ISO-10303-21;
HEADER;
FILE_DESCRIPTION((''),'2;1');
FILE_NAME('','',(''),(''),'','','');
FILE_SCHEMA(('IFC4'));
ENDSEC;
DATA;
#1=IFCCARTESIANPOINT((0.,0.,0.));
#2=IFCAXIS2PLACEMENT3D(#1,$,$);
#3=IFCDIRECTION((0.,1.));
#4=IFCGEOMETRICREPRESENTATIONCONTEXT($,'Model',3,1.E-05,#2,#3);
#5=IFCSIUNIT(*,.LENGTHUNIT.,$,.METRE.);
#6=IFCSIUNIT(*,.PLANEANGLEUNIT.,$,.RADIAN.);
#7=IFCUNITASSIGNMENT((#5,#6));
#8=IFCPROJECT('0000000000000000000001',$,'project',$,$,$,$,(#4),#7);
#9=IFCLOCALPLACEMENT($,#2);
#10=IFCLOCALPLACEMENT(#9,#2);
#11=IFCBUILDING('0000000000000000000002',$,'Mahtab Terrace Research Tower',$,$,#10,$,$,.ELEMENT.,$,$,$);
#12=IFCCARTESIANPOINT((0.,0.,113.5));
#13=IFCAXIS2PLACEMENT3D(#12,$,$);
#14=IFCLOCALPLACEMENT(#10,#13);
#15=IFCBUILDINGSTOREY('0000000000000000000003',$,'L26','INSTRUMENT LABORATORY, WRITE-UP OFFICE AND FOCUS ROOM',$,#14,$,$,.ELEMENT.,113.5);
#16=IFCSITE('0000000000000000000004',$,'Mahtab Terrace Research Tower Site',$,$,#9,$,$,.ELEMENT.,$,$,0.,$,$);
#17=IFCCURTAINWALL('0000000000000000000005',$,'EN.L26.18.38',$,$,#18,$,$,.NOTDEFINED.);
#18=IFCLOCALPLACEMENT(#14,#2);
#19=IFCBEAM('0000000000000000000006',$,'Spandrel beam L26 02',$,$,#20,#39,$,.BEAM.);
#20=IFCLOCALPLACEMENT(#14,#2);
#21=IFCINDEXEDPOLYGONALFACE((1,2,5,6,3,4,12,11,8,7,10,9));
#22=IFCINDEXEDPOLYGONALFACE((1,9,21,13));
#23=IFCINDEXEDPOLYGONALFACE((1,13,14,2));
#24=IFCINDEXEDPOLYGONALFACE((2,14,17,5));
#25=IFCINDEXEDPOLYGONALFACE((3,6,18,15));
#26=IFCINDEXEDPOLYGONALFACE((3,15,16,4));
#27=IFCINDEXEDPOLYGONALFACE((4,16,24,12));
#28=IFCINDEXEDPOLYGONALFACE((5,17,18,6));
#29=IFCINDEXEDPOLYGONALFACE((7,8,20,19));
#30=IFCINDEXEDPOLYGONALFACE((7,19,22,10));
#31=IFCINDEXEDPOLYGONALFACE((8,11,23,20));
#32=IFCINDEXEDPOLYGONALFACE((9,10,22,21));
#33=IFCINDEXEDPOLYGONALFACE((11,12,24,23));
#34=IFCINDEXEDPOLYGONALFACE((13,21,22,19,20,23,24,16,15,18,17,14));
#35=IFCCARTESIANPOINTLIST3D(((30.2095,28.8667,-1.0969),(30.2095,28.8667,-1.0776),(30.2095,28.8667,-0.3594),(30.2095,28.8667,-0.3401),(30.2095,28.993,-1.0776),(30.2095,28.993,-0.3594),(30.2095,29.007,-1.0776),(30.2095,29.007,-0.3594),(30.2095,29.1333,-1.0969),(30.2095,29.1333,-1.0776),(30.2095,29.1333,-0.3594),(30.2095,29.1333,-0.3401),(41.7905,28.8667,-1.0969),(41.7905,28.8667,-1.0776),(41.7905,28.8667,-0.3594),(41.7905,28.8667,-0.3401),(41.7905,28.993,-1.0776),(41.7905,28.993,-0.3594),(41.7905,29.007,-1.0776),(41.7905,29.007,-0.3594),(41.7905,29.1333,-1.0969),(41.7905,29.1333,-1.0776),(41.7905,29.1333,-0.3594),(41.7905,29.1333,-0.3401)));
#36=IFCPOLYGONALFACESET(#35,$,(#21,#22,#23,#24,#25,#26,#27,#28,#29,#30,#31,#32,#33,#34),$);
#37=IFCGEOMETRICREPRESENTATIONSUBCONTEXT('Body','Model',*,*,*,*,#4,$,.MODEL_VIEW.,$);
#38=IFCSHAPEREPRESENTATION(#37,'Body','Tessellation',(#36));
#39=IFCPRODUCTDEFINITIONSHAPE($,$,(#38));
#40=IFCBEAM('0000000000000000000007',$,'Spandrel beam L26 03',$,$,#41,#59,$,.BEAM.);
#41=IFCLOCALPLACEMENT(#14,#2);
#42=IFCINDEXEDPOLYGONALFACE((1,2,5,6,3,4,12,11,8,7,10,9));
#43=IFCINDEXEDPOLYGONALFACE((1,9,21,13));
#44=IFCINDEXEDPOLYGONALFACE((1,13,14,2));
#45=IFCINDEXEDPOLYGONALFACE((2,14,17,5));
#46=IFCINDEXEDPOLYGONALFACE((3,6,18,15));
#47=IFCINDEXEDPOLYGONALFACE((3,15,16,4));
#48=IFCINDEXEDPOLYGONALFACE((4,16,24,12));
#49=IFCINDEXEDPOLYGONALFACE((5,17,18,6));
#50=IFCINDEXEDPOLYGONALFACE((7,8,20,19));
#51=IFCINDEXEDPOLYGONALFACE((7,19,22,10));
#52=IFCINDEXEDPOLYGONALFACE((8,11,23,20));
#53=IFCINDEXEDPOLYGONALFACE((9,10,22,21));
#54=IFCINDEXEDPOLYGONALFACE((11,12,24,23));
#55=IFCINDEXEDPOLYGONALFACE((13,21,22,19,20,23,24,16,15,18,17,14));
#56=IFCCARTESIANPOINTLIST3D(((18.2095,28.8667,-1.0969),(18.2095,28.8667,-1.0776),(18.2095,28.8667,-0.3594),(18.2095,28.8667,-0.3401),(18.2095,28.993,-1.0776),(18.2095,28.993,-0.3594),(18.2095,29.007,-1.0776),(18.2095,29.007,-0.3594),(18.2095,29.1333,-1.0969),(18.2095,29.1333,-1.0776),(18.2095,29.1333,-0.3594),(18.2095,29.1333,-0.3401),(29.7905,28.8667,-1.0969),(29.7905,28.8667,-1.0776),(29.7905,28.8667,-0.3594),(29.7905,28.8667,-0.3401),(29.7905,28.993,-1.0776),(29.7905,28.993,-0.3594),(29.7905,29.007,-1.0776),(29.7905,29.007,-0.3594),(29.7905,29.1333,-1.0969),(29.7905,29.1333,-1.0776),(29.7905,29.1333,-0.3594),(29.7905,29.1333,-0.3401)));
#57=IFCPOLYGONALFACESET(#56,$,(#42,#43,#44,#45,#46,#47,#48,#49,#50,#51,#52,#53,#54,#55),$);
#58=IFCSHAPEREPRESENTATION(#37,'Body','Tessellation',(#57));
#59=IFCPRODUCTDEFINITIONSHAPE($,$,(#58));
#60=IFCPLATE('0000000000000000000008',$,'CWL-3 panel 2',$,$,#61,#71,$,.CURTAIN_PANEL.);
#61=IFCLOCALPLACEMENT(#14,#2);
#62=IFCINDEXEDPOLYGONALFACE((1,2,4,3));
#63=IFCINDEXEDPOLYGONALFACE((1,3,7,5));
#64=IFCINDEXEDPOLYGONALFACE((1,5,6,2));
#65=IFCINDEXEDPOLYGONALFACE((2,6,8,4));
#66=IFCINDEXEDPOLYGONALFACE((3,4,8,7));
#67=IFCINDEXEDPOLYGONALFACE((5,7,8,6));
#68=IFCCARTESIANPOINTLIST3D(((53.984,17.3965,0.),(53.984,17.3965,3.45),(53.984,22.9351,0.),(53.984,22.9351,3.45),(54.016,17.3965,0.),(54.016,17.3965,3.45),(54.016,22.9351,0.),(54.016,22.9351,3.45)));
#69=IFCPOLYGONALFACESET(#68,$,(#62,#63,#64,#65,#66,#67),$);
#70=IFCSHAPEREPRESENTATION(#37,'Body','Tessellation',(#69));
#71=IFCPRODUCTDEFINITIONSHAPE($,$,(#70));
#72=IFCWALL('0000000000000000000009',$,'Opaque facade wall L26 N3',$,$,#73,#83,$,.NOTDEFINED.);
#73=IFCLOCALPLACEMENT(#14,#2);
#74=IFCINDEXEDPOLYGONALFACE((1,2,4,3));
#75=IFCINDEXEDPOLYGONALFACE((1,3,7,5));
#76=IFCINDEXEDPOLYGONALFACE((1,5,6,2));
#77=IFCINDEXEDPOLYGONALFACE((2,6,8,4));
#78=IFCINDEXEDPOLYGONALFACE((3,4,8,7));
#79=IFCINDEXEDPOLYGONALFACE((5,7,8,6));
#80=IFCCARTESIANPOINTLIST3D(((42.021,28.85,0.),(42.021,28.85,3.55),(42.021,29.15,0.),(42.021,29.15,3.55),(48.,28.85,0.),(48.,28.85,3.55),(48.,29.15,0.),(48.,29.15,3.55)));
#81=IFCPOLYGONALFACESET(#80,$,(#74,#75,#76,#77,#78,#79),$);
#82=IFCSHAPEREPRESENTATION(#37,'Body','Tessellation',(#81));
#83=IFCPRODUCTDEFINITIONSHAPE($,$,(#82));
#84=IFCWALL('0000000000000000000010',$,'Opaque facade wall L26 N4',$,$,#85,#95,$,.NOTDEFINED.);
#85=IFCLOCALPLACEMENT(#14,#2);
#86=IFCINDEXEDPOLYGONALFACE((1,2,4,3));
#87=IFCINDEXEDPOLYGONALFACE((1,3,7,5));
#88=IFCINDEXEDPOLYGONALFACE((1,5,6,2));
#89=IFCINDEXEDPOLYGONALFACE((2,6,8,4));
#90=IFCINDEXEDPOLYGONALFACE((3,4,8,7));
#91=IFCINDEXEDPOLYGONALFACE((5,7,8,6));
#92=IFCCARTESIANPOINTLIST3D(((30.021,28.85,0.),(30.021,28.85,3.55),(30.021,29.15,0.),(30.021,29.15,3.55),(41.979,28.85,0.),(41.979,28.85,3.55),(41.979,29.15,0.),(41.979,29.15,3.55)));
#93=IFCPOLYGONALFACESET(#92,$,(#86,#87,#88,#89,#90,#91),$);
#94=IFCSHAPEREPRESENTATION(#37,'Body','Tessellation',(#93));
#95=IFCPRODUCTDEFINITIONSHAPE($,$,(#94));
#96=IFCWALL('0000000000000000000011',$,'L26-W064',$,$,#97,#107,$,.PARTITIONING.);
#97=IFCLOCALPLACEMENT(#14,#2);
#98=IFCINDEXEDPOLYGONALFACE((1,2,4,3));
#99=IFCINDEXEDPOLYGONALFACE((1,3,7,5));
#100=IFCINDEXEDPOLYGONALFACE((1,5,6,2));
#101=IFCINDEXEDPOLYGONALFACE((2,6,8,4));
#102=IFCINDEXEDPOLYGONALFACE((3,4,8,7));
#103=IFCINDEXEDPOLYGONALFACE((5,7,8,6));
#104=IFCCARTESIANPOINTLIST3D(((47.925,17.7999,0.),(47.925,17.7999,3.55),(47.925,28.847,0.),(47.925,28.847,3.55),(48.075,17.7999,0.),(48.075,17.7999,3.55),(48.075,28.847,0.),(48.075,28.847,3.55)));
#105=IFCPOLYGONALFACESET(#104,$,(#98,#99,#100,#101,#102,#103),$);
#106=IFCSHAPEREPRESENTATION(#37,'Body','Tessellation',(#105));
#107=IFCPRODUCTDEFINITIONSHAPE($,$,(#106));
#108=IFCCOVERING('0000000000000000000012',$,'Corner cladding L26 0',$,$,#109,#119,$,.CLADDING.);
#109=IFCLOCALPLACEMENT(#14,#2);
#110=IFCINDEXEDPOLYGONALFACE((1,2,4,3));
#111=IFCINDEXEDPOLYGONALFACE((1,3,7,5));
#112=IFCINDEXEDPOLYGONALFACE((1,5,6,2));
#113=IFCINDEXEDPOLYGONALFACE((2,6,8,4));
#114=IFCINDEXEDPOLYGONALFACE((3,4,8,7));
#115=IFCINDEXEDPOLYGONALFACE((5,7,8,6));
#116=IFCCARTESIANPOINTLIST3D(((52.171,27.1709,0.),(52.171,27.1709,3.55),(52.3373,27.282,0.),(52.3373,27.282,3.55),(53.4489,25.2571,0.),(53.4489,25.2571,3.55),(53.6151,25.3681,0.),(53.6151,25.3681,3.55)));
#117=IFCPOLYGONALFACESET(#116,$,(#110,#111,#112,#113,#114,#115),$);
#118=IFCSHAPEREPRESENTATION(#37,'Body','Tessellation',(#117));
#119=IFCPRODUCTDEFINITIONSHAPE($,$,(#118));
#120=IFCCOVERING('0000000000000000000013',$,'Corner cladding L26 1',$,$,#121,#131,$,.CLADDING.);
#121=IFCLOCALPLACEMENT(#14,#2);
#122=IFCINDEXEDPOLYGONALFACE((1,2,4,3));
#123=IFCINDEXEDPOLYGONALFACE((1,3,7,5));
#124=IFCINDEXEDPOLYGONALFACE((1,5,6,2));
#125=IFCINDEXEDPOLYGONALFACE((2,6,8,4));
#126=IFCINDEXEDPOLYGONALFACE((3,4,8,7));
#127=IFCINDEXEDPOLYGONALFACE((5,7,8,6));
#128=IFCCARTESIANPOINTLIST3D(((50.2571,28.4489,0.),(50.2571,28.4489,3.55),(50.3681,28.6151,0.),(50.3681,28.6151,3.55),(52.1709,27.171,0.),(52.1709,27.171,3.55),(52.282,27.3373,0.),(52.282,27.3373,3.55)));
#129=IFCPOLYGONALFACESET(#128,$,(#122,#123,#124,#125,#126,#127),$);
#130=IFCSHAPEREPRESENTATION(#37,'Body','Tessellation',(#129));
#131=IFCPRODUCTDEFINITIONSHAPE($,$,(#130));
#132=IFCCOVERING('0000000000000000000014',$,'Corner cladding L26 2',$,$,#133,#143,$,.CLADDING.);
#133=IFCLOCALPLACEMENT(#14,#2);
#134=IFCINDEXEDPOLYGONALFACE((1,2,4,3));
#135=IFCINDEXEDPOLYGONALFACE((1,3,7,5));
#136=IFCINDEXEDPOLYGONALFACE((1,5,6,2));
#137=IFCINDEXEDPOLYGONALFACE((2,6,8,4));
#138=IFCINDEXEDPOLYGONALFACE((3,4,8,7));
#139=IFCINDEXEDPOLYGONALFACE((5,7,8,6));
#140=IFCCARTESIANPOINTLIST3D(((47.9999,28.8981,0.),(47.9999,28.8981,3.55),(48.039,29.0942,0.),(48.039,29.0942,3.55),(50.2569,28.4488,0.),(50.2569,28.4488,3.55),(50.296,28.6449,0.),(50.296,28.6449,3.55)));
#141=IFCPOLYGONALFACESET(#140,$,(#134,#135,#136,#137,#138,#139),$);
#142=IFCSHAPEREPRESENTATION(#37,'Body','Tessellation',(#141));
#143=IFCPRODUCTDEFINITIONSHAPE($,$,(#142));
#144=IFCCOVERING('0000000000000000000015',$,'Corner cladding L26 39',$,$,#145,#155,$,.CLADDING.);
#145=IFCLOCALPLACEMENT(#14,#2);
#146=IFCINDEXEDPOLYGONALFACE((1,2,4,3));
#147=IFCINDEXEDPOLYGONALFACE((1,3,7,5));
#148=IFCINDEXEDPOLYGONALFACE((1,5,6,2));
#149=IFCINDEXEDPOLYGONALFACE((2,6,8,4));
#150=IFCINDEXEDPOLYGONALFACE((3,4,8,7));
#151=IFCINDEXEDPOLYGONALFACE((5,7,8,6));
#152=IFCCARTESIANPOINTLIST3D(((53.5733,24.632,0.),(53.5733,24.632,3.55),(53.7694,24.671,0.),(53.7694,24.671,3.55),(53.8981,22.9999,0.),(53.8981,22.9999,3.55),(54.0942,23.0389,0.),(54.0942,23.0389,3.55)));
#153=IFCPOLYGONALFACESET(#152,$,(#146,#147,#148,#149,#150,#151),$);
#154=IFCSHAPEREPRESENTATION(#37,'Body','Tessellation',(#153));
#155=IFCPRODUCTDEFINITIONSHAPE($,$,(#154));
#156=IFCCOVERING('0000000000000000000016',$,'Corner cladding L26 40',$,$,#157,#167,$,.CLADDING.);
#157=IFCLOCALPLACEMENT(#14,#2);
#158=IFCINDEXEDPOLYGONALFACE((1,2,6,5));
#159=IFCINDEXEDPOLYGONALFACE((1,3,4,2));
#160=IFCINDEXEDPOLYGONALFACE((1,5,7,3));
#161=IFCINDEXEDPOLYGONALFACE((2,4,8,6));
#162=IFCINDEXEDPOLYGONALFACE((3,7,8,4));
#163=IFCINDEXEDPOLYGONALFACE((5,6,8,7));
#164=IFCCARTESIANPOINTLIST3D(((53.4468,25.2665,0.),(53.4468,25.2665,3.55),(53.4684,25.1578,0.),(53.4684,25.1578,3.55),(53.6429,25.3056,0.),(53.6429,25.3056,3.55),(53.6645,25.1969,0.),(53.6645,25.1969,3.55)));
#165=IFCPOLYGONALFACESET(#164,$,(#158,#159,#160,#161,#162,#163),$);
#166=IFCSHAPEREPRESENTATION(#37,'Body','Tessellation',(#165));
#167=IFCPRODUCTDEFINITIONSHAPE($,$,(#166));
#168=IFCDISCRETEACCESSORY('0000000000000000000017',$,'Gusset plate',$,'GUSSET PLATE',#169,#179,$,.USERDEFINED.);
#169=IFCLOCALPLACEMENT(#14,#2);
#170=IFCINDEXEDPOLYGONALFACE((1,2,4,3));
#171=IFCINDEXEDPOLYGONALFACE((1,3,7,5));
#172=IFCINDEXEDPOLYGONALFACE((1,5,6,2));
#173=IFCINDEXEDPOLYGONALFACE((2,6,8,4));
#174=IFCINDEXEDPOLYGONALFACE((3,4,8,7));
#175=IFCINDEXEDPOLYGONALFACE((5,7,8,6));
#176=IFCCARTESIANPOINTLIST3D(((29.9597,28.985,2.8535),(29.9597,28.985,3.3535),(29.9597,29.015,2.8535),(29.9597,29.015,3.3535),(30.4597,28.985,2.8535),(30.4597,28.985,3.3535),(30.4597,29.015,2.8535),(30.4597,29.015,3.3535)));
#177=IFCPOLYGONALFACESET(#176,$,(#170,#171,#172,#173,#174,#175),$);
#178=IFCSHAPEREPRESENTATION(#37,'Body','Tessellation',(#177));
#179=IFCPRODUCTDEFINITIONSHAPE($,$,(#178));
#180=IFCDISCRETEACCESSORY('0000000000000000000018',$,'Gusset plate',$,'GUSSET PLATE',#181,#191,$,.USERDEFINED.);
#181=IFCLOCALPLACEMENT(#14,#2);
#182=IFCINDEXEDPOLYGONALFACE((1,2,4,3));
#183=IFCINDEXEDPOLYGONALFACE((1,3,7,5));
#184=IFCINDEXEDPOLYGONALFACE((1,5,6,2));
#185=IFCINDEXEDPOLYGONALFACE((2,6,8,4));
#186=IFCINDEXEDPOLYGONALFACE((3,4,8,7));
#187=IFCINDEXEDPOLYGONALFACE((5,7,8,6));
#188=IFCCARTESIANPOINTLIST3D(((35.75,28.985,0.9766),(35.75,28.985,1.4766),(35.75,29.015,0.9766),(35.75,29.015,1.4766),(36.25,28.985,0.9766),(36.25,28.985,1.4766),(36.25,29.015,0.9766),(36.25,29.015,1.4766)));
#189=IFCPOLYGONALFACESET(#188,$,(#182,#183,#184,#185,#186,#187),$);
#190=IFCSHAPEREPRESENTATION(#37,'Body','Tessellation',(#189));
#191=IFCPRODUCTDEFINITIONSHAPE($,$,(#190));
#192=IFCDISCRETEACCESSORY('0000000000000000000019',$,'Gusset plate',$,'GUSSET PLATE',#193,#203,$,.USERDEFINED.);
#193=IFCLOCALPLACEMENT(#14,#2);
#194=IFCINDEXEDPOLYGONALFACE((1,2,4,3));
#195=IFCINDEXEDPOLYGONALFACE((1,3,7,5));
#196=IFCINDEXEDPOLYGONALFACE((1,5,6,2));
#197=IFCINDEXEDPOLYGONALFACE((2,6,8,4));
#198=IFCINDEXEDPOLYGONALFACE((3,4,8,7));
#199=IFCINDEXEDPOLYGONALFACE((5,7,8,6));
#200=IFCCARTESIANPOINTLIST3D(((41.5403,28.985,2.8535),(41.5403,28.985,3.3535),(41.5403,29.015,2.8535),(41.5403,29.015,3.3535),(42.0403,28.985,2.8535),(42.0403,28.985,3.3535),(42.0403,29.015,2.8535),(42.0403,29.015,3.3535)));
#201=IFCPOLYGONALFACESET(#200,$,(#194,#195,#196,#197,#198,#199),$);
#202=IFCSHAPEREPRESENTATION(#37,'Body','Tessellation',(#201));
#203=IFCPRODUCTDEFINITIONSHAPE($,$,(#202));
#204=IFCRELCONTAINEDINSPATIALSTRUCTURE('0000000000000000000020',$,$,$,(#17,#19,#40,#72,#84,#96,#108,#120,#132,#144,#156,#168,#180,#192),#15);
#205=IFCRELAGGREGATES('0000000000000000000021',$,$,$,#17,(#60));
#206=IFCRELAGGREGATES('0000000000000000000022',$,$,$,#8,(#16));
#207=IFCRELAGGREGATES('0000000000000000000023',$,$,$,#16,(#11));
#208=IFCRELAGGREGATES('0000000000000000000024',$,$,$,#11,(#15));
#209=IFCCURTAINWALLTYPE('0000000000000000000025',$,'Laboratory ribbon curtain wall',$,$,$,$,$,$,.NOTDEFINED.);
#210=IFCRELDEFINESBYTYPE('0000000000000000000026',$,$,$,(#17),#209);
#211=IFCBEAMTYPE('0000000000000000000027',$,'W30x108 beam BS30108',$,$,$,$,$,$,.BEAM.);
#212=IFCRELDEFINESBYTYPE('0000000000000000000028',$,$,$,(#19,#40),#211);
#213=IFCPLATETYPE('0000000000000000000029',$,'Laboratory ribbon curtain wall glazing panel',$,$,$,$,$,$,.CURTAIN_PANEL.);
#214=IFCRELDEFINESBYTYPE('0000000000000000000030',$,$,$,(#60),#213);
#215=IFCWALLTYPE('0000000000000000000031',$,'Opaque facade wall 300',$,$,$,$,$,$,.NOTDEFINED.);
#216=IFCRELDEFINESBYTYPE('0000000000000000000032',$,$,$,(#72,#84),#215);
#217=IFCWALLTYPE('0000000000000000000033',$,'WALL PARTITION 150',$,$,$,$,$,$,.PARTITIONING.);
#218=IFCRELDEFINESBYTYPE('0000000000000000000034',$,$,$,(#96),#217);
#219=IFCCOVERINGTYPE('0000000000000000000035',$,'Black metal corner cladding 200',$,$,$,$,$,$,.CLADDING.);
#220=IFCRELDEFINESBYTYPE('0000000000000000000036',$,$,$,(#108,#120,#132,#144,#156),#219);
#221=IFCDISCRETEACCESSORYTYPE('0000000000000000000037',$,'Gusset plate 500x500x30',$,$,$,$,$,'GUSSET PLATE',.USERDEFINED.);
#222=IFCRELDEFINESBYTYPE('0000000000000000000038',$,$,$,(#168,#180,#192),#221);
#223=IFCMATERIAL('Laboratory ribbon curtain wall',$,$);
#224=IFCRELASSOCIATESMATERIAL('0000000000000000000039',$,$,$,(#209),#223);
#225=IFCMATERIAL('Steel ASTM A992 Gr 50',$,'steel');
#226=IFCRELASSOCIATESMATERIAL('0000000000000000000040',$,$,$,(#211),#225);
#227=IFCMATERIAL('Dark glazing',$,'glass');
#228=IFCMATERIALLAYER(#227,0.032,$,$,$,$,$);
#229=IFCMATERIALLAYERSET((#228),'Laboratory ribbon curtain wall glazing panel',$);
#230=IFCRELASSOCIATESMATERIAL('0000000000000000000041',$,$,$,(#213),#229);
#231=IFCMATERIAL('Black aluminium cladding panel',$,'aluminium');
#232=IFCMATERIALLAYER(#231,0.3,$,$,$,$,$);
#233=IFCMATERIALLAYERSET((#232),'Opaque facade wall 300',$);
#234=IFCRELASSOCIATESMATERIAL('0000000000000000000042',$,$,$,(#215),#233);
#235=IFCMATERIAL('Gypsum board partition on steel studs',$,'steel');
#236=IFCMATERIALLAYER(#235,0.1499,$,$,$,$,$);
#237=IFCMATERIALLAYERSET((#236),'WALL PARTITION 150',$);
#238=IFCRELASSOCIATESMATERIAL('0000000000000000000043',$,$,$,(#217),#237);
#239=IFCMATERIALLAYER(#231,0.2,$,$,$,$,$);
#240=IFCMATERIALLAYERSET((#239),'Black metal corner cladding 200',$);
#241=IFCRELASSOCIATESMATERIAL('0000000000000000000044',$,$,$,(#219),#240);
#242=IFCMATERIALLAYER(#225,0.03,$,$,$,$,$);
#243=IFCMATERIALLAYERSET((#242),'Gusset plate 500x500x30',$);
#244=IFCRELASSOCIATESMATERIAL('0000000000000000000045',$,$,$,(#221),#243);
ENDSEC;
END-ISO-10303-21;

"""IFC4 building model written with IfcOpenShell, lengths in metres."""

from ifc_helpers import new_model, si_unit, direction, frame, frame_2d, origin, origin_2d, place, context, subcontext, project, spatial, rectangle, i_section, extrude, material, layer, layer_set, material_profile, profile_set, type_object, element, aggregate, save


model = new_model("IFC4")

# Units and contexts
model_context = context("Model", 3, precision=1e-05, world=origin(), true_north=direction((0.0, 1.0)))
body_context = subcontext(model_context, "Body", "Model", "MODEL_VIEW")
ifc_project = project(units=[si_unit("LENGTHUNIT", "METRE"), si_unit("PLANEANGLEUNIT", "RADIAN")], contexts=[model_context])

# Site, building, storey
site_placement = place(None, origin())
site = spatial("IfcSite", under=ifc_project, at=site_placement, Name="Mahtab Terrace Research Tower Site", CompositionType="ELEMENT", RefElevation=0.0)
building_placement = place(site_placement, origin())
building = spatial("IfcBuilding", under=site, at=building_placement, Name="Mahtab Terrace Research Tower", CompositionType="ELEMENT")
storey_placement = place(building_placement, frame((0.0, 0.0, 113.5)))
storey = spatial("IfcBuildingStorey", under=building, at=storey_placement, Name="L26", Description="INSTRUMENT LABORATORY, WRITE-UP OFFICE AND FOCUS ROOM", CompositionType="ELEMENT", Elevation=113.5)

# Shared definitions
ifc_material_1 = material(Name="Steel ASTM A992 Gr 50", Category="steel")

# Curtain wall
ifc_material_2 = material(Name="Laboratory ribbon curtain wall")
curtain_wall_type = type_object("IfcCurtainWallType", Name="Laboratory ribbon curtain wall", PredefinedType="NOTDEFINED", material=ifc_material_2)
curtain_wall_1_placement = place(storey_placement, origin())
curtain_wall_1 = element("IfcCurtainWall", 1, at=curtain_wall_1_placement, inside=storey, type_object=curtain_wall_type, Name="EN.L26.18.38", PredefinedType="NOTDEFINED")

# Beams
ifc_material_profile_1 = material_profile(ifc_material_1, i_section(OverallWidth=0.2666, OverallDepth=0.7568, WebThickness=0.0139, FlangeThickness=0.0193, at=origin_2d()), Name="W30X108")
ifc_profile_set_1 = profile_set([ifc_material_profile_1], Name="Steel ASTM A992 Gr 50")
beam_type = type_object("IfcBeamType", Name="W30x108 beam BS30108", PredefinedType="BEAM", material=ifc_profile_set_1)
for number, where, z_axis, x_axis, name in (
    (2, (41.7905, 29.0, -0.7185), (-1.0, 0.0, 0.0), (0.0, -1.0, 0.0), "Spandrel beam L26 02"),
    (3, (29.7905, 29.0, -0.7185), (-1.0, 0.0, 0.0), (0.0, -1.0, 0.0), "Spandrel beam L26 03"),
):
    element("IfcBeam", number, at=place(storey_placement, frame(where, z_axis=z_axis, x_axis=x_axis)), inside=storey, type_object=beam_type, Name=name, PredefinedType="BEAM", context=body_context, shape_type="SweptSolid", body=[
        extrude(i_section(OverallWidth=0.2666, OverallDepth=0.7568, WebThickness=0.0139, FlangeThickness=0.0193, at=origin_2d()), origin(), (0.0, 0.0, 1.0), 11.5811),
    ])

# Plate
ifc_material_3 = material(Name="Dark glazing", Category="glass")
ifc_layer_1 = layer(ifc_material_3, 0.032)
ifc_layer_set_1 = layer_set([ifc_layer_1], Name="Laboratory ribbon curtain wall glazing panel")
plate_type = type_object("IfcPlateType", Name="Laboratory ribbon curtain wall glazing panel", PredefinedType="CURTAIN_PANEL", material=ifc_layer_set_1)
plate_placement = place(storey_placement, frame((54.0, 20.1658, 0.0), z_axis=(0.0, 0.0, 1.0), x_axis=(0.0, 1.0, 0.0)))
plate = element("IfcPlate", 4, at=plate_placement, type_object=plate_type, Name="CWL-3 panel 2", PredefinedType="CURTAIN_PANEL", context=body_context, shape_type="SweptSolid", body=[
    extrude(rectangle(XDim=5.5386, YDim=0.032, at=origin_2d()), origin(), (0.0, 0.0, 1.0), 3.45),
])
aggregate(curtain_wall_1, [plate])

# Walls
ifc_material_4 = material(Name="Black aluminium cladding panel", Category="aluminium")
ifc_layer_2 = layer(ifc_material_4, 0.3)
ifc_layer_set_2 = layer_set([ifc_layer_2], Name="Opaque facade wall 300")
wall_type_1 = type_object("IfcWallType", Name="Opaque facade wall 300", PredefinedType="NOTDEFINED", material=ifc_layer_set_2)
wall_1_placement = place(storey_placement, frame((48.0, 29.0, 0.0), z_axis=(0.0, 0.0, 1.0), x_axis=(-1.0, 0.0, 0.0)))
element("IfcWall", 5, at=wall_1_placement, inside=storey, type_object=wall_type_1, Name="Opaque facade wall L26 N3", PredefinedType="NOTDEFINED", context=body_context, shape_type="SweptSolid", body=[
    extrude(rectangle(XDim=5.979, YDim=0.3, at=frame_2d((2.9895, 0.0))), origin(), (0.0, 0.0, 1.0), 3.55),
])
wall_2_placement = place(storey_placement, frame((41.979, 29.0, 0.0), z_axis=(0.0, 0.0, 1.0), x_axis=(-1.0, 0.0, 0.0)))
element("IfcWall", 6, at=wall_2_placement, inside=storey, type_object=wall_type_1, Name="Opaque facade wall L26 N4", PredefinedType="NOTDEFINED", context=body_context, shape_type="SweptSolid", body=[
    extrude(rectangle(XDim=11.958, YDim=0.3, at=frame_2d((5.979, 0.0))), origin(), (0.0, 0.0, 1.0), 3.55),
])
ifc_material_5 = material(Name="Gypsum board partition on steel studs", Category="steel")
ifc_layer_3 = layer(ifc_material_5, 0.1499)
ifc_layer_set_3 = layer_set([ifc_layer_3], Name="WALL PARTITION 150")
wall_type_2 = type_object("IfcWallType", Name="WALL PARTITION 150", PredefinedType="PARTITIONING", material=ifc_layer_set_3)
wall_3_placement = place(storey_placement, frame((48.0, 17.8, 0.0), z_axis=(0.0, 0.0, 1.0), x_axis=(0.0, 1.0, 0.0)))
element("IfcWall", 7, at=wall_3_placement, inside=storey, type_object=wall_type_2, Name="L26-W064", PredefinedType="PARTITIONING", context=body_context, shape_type="SweptSolid", body=[
    extrude(rectangle(XDim=11.0471, YDim=0.1499, at=frame_2d((5.5234, 0.0))), origin(), (0.0, 0.0, 1.0), 3.55),
])

# Coverings
ifc_layer_4 = layer(ifc_material_4, 0.2)
ifc_layer_set_4 = layer_set([ifc_layer_4], Name="Black metal corner cladding 200")
covering_type = type_object("IfcCoveringType", Name="Black metal corner cladding 200", PredefinedType="CLADDING", material=ifc_layer_set_4)
for number, where, z_axis, x_axis, name in (
    (8, (52.8931, 26.2695, 0.0), (0.0, 0.0, 1.0), (-0.555291, 0.831656, 0.0), "Corner cladding L26 0"),
    (9, (51.2695, 27.8931, 0.0), (0.0, 0.0, 1.0), (-0.831656, 0.555291, 0.0), "Corner cladding L26 1"),
    (10, (49.1479, 28.7715, 0.0), (0.0, 0.0, 1.0), (-0.980761, 0.195212, 0.0), "Corner cladding L26 2"),
):
    element("IfcCovering", number, at=place(storey_placement, frame(where, z_axis=z_axis, x_axis=x_axis)), inside=storey, type_object=covering_type, Name=name, PredefinedType="CLADDING", context=body_context, shape_type="SweptSolid", body=[
        extrude(rectangle(XDim=2.3013, YDim=0.2, at=origin_2d()), origin(), (0.0, 0.0, 1.0), 3.55),
    ])
covering_1_placement = place(storey_placement, frame((53.8337, 23.8354, 0.0), z_axis=(0.0, 0.0, 1.0), x_axis=(-0.195212, 0.980761, 0.0)))
element("IfcCovering", 11, at=covering_1_placement, inside=storey, type_object=covering_type, Name="Corner cladding L26 39", PredefinedType="CLADDING", context=body_context, shape_type="SweptSolid", body=[
    extrude(rectangle(XDim=1.6641, YDim=0.2, at=origin_2d()), origin(), (0.0, 0.0, 1.0), 3.55),
])
covering_2_placement = place(storey_placement, frame((53.5557, 25.2317, 0.0), z_axis=(0.0, 0.0, 1.0), x_axis=(-0.195212, 0.980761, 0.0)))
element("IfcCovering", 12, at=covering_2_placement, inside=storey, type_object=covering_type, Name="Corner cladding L26 40", PredefinedType="CLADDING", context=body_context, shape_type="SweptSolid", body=[
    extrude(rectangle(XDim=0.1108, YDim=0.2, at=origin_2d()), origin(), (0.0, 0.0, 1.0), 3.55),
])

# Discrete accessories
ifc_layer_5 = layer(ifc_material_1, 0.03)
ifc_layer_set_5 = layer_set([ifc_layer_5], Name="Gusset plate 500x500x30")
discrete_accessory_type = type_object("IfcDiscreteAccessoryType", Name="Gusset plate 500x500x30", ElementType="GUSSET PLATE", PredefinedType="USERDEFINED", material=ifc_layer_set_5)
for number, where, z_axis, x_axis, name in (
    (13, (30.2097, 29.0, 2.8535), (0.0, 0.0, 1.0), (1.0, 0.0, 0.0), "Gusset plate"),
    (14, (36.0, 29.0, 0.9766), (0.0, 0.0, 1.0), (1.0, 0.0, 0.0), "Gusset plate"),
    (15, (41.7903, 29.0, 2.8535), (0.0, 0.0, 1.0), (1.0, 0.0, 0.0), "Gusset plate"),
):
    element("IfcDiscreteAccessory", number, at=place(storey_placement, frame(where, z_axis=z_axis, x_axis=x_axis)), inside=storey, type_object=discrete_accessory_type, Name=name, ObjectType="GUSSET PLATE", PredefinedType="USERDEFINED", context=body_context, shape_type="SweptSolid", body=[
        extrude(rectangle(XDim=0.5, YDim=0.03, at=origin_2d()), origin(), (0.0, 0.0, 1.0), 0.5),
    ])

save(model, "model.ifc")
